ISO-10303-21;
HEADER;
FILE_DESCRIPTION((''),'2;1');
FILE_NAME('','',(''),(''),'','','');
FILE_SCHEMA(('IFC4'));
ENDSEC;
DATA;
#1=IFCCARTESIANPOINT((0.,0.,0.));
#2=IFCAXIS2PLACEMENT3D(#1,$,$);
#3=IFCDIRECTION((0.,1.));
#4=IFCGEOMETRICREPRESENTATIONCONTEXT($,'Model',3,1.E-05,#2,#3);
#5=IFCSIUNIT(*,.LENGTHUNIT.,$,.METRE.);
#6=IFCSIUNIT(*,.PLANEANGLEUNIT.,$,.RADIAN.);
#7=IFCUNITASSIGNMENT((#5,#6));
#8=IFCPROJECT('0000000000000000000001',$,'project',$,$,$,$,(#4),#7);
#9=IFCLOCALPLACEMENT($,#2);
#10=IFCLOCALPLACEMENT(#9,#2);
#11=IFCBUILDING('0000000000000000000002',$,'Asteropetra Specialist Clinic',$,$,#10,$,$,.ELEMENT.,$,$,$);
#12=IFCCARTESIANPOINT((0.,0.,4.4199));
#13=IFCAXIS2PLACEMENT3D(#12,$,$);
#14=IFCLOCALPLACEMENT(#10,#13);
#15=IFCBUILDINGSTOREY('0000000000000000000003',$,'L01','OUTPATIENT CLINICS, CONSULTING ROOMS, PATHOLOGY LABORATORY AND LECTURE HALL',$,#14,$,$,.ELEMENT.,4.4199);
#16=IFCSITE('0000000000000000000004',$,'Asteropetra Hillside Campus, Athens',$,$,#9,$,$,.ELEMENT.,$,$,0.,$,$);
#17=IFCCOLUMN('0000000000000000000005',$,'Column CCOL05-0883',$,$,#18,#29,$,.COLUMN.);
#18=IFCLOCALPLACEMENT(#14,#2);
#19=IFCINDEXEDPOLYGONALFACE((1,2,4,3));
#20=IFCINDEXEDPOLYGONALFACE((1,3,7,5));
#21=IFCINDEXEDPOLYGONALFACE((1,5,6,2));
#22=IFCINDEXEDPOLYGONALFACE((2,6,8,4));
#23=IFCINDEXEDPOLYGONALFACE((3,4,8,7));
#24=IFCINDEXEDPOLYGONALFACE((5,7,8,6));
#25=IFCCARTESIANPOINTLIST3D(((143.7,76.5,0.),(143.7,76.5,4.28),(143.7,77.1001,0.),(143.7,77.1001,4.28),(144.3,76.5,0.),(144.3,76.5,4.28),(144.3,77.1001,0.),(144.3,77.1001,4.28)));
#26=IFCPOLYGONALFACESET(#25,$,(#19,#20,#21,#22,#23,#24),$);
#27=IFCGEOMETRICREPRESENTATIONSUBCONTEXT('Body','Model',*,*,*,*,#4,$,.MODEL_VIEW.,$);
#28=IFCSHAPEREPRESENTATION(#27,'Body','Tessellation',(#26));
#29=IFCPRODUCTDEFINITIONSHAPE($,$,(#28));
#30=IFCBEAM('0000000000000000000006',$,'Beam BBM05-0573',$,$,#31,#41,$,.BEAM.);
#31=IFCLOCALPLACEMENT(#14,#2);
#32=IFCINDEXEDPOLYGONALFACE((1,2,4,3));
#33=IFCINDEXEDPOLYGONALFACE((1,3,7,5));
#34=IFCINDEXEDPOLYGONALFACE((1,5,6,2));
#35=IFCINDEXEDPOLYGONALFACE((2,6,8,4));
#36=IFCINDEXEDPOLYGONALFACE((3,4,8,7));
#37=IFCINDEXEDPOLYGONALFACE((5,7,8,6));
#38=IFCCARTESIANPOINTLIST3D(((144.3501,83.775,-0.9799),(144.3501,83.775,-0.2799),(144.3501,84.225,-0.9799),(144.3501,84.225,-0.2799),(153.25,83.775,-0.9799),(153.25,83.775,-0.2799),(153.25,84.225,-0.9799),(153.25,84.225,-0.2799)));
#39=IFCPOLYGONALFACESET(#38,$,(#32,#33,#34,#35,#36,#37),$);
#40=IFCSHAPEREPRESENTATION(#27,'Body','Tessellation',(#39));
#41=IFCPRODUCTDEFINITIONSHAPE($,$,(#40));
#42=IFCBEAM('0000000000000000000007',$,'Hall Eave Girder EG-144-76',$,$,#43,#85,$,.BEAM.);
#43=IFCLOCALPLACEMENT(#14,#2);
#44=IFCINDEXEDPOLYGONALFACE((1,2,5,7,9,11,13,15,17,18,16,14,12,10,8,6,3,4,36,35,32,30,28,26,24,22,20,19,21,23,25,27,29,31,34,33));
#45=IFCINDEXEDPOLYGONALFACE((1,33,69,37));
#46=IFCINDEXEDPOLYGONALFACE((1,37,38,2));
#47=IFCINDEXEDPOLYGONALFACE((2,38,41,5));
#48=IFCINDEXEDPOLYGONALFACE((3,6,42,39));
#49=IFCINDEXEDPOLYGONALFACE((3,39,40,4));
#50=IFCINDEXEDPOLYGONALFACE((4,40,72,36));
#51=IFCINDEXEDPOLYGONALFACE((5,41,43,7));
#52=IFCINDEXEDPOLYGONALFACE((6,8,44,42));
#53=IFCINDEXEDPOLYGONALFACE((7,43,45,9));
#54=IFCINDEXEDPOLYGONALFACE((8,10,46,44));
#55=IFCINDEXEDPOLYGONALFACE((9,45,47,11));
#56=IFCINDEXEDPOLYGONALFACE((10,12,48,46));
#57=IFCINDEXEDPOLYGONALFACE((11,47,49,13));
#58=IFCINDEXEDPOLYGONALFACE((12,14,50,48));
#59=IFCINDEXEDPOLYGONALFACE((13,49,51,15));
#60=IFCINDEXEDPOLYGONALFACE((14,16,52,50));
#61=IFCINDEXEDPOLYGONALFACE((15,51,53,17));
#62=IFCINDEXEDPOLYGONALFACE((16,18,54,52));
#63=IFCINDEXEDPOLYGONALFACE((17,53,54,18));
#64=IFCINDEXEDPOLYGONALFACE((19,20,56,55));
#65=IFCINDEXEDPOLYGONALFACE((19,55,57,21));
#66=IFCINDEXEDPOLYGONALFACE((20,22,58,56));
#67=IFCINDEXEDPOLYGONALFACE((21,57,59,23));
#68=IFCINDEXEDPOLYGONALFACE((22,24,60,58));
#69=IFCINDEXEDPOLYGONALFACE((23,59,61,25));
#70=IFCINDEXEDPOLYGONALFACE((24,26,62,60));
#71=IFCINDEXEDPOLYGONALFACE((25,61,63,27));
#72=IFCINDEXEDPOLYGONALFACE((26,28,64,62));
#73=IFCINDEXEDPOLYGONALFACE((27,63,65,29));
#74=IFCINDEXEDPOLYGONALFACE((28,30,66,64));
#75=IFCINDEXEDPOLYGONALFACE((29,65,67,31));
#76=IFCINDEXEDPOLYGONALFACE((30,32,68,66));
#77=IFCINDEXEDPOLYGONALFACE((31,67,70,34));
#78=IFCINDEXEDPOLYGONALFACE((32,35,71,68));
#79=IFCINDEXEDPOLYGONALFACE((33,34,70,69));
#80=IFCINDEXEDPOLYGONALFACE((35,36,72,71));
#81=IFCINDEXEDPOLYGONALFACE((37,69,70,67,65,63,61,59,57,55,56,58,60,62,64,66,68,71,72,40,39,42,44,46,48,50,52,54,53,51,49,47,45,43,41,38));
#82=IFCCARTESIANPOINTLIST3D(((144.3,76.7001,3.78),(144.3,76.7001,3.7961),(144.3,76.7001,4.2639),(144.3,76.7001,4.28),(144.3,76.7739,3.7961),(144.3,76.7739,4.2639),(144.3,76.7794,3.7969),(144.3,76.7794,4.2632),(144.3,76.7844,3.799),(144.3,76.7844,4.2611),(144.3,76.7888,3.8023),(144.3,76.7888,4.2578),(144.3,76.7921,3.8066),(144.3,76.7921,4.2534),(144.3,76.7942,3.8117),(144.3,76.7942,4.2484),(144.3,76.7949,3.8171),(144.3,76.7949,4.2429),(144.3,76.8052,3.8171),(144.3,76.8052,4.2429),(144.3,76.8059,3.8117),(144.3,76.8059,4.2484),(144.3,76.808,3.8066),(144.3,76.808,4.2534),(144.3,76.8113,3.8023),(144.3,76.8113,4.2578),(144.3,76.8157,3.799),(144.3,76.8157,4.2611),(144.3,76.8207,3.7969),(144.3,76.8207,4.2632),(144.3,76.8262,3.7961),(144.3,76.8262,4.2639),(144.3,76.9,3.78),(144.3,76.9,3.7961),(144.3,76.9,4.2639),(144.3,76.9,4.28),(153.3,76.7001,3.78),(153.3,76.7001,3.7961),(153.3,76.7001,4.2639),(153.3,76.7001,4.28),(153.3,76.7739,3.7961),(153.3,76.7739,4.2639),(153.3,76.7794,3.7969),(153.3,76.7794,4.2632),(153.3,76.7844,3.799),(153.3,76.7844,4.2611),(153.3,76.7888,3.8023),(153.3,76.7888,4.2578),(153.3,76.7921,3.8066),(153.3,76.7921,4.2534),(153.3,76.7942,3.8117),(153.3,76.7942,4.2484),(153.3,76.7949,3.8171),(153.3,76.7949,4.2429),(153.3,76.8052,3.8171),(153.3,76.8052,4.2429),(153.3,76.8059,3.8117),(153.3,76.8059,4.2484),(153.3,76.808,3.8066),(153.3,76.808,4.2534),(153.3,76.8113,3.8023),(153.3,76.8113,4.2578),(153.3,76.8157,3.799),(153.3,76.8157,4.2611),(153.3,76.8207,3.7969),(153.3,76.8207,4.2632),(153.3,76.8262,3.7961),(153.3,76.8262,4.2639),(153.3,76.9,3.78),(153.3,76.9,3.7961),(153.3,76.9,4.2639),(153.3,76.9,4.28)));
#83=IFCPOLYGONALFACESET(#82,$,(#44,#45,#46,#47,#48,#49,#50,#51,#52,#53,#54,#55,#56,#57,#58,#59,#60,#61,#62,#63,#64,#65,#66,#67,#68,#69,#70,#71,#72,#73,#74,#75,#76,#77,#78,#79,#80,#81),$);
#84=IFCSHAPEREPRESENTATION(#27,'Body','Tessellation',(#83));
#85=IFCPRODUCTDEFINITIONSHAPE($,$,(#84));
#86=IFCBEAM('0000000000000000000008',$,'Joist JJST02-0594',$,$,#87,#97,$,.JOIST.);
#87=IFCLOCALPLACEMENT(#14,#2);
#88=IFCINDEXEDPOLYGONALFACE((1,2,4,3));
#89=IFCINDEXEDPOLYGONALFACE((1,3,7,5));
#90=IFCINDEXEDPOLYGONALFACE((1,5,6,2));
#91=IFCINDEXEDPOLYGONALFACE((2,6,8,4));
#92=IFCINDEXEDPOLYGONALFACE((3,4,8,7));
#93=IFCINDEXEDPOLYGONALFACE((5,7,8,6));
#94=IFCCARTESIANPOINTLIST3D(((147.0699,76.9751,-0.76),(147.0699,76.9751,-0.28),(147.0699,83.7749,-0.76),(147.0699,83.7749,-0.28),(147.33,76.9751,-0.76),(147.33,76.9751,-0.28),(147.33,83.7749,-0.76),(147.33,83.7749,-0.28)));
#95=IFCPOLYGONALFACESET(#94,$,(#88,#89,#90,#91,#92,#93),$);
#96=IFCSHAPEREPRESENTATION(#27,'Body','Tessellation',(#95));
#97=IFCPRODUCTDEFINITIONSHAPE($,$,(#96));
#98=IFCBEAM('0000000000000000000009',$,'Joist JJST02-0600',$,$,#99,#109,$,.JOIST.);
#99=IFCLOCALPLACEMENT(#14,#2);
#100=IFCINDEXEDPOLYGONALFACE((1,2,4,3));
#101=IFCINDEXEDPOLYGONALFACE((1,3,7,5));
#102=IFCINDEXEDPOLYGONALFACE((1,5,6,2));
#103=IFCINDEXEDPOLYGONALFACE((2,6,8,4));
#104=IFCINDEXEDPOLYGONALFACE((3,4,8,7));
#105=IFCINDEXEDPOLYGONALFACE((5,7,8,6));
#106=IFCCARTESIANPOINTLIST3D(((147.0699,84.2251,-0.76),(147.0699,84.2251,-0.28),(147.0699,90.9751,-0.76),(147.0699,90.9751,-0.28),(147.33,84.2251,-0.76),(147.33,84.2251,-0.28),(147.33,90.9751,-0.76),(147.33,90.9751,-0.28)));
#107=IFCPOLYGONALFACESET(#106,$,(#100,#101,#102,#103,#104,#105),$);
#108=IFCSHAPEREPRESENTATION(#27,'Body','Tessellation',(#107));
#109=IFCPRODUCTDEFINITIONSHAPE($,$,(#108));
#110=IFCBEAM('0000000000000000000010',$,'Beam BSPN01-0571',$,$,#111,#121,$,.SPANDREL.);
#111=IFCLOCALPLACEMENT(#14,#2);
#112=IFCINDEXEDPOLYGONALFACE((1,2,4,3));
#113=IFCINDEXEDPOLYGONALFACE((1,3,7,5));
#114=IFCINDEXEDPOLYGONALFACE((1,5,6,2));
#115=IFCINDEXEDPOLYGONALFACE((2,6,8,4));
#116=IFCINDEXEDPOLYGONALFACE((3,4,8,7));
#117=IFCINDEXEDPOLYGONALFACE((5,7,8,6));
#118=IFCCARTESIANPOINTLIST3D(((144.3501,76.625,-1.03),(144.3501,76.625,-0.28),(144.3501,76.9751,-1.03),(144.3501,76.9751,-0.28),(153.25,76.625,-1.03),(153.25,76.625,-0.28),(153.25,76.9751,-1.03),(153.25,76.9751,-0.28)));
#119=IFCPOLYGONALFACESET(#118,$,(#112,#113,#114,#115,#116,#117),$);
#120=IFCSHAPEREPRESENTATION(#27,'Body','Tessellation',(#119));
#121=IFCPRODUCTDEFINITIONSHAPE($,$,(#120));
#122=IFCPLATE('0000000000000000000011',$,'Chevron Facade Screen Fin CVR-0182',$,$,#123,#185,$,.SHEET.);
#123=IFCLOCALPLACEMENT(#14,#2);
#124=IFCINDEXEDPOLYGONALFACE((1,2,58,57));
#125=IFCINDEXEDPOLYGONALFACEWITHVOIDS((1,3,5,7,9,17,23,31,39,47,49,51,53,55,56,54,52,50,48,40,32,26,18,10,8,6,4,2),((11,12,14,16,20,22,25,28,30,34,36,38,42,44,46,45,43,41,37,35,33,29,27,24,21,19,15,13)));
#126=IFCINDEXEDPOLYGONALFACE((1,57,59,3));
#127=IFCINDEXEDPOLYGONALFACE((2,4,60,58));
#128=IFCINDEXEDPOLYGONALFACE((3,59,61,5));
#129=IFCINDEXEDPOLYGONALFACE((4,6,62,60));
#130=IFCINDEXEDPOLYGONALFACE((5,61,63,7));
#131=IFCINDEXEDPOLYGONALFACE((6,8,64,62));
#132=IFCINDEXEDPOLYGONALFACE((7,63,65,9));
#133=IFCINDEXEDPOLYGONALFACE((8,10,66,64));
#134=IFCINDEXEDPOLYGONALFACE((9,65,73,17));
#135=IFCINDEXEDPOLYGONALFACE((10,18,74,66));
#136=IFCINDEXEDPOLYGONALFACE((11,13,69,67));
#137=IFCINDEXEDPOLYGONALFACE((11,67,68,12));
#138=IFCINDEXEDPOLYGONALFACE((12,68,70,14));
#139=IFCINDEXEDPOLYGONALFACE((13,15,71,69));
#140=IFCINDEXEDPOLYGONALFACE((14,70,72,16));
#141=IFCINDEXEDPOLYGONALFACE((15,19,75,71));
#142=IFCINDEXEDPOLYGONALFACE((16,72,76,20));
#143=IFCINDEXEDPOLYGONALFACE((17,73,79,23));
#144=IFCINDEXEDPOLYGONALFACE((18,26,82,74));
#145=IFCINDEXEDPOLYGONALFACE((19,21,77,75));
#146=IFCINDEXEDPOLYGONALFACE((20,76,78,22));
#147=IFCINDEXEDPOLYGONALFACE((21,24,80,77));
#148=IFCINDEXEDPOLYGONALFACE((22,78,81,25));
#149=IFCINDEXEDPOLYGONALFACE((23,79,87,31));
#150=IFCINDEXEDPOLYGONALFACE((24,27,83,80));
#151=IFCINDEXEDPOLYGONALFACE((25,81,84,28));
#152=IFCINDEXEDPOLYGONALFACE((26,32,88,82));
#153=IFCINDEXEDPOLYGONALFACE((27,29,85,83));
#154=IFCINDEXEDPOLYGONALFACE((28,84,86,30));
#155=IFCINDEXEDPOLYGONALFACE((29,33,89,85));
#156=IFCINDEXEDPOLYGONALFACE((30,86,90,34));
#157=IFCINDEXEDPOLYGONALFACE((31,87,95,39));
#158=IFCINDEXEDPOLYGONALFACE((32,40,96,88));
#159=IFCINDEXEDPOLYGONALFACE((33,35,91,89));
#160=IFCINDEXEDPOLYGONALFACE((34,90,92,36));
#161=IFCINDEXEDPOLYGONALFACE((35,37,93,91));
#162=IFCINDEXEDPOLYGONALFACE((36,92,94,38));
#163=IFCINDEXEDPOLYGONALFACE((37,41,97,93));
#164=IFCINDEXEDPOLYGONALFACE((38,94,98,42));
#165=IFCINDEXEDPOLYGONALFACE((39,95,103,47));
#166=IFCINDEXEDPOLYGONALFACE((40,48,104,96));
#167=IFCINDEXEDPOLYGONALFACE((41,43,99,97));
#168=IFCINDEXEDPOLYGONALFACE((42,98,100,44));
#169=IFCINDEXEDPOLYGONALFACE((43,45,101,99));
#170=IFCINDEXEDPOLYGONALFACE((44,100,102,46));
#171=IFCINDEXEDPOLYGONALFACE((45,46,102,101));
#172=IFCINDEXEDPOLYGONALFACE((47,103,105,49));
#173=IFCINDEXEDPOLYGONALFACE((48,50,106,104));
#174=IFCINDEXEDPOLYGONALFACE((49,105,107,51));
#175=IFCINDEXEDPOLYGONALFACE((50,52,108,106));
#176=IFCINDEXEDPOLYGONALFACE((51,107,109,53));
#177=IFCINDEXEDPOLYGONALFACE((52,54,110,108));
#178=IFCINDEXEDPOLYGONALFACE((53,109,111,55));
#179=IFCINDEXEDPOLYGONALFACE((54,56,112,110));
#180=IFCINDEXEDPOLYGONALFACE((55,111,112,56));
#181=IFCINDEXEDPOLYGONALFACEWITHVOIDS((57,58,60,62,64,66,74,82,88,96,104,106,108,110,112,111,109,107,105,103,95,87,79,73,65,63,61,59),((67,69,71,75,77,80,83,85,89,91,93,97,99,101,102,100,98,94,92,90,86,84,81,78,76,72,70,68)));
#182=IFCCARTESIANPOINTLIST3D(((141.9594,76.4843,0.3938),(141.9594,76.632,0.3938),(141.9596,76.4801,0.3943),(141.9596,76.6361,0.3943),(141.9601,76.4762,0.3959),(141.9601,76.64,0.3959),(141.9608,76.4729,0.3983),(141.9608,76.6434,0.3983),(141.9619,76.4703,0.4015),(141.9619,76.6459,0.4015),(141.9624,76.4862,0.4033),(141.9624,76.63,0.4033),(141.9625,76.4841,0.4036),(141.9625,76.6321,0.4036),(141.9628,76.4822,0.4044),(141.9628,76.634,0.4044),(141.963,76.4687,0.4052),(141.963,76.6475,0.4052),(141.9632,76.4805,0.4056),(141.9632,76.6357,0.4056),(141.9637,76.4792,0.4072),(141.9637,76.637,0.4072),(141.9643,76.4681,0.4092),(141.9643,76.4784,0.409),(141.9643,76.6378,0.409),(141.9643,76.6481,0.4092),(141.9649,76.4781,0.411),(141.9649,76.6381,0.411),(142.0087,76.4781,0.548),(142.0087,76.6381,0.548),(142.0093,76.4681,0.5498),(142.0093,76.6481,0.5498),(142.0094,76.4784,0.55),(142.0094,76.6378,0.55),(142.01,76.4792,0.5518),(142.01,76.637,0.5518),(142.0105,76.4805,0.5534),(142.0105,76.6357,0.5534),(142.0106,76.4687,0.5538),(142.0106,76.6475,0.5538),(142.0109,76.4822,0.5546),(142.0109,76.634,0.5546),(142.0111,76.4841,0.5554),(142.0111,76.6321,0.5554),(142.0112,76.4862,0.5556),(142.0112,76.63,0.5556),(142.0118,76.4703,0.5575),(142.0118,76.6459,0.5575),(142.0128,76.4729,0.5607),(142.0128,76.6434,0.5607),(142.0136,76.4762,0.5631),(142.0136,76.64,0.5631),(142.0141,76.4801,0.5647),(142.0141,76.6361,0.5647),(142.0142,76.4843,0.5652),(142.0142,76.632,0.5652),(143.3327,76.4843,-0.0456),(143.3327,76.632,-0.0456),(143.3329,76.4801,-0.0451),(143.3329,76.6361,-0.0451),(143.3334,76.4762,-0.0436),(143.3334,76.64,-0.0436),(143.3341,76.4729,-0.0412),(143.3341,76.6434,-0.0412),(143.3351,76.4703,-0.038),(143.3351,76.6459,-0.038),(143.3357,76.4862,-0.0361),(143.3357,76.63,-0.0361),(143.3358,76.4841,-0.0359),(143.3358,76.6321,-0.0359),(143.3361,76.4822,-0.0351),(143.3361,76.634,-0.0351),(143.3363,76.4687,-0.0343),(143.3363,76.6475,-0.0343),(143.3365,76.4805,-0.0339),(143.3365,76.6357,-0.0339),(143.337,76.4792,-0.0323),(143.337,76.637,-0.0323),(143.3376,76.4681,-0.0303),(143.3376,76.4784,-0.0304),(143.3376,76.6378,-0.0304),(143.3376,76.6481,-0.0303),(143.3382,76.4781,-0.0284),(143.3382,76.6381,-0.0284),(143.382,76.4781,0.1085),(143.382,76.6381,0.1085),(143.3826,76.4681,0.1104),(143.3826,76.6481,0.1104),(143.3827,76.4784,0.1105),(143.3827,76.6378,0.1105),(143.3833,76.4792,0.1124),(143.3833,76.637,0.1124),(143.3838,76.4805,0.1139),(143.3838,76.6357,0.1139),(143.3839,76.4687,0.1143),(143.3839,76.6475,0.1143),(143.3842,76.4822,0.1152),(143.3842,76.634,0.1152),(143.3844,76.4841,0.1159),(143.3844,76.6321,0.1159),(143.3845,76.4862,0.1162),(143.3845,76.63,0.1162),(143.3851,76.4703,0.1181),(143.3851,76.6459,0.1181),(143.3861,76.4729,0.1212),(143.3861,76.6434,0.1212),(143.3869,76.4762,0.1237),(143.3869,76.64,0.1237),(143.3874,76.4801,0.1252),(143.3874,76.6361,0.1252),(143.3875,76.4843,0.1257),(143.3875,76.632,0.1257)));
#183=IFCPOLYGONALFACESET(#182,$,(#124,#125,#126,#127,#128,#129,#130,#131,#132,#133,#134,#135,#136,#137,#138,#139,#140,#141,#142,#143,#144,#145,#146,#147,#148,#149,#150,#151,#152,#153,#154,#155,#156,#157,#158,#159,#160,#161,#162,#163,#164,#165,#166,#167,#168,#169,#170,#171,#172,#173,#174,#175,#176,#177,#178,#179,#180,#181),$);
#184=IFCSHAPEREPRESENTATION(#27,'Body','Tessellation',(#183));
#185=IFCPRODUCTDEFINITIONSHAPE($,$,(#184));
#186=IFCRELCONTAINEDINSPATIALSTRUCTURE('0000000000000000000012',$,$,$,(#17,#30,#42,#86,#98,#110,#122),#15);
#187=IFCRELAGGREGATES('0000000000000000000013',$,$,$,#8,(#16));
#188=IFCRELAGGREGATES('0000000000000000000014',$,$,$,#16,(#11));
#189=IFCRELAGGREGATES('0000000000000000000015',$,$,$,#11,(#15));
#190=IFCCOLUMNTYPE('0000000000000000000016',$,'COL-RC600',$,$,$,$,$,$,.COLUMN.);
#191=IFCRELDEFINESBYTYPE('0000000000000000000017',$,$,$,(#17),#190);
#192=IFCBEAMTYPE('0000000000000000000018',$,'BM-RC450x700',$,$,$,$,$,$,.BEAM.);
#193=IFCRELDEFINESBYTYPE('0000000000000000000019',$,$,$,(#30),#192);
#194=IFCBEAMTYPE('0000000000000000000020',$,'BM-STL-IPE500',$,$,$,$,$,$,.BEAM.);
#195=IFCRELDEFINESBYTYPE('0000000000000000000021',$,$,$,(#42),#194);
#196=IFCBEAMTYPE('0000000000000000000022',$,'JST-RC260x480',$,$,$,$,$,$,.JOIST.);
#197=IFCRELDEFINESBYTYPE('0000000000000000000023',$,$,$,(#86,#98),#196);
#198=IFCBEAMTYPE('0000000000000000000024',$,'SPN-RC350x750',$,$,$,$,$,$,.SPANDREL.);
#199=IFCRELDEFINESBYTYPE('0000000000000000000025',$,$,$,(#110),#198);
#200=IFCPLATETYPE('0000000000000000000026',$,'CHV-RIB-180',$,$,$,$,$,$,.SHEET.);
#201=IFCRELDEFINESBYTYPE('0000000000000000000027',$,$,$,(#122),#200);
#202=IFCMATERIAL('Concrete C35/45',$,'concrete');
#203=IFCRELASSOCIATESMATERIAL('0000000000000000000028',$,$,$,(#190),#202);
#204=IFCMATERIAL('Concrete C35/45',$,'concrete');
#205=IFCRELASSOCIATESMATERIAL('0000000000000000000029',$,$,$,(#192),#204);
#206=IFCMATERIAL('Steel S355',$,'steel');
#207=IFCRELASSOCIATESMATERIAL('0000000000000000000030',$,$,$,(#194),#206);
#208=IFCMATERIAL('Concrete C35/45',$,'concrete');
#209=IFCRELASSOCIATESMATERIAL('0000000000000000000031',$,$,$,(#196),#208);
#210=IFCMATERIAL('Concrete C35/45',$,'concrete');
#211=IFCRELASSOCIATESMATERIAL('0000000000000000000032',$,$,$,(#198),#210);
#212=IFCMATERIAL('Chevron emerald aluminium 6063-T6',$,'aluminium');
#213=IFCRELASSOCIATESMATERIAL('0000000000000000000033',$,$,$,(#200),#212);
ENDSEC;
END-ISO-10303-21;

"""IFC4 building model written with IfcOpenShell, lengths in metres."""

from ifc_helpers import new_model, si_unit, direction, frame, origin, origin_2d, place, context, subcontext, project, spatial, rectangle, hollow_rectangle, i_section, extrude, material, material_profile, profile_set, type_object, element, save


model = new_model("IFC4")

# Units and contexts
model_context = context("Model", 3, precision=1e-05, world=origin(), true_north=direction((0.0, 1.0)))
body_context = subcontext(model_context, "Body", "Model", "MODEL_VIEW")
ifc_project = project(units=[si_unit("LENGTHUNIT", "METRE"), si_unit("PLANEANGLEUNIT", "RADIAN")], contexts=[model_context])

# Site, building, storey
site_placement = place(None, origin())
site = spatial("IfcSite", under=ifc_project, at=site_placement, Name="Asteropetra Hillside Campus, Athens", CompositionType="ELEMENT", RefElevation=0.0)
building_placement = place(site_placement, origin())
building = spatial("IfcBuilding", under=site, at=building_placement, Name="Asteropetra Specialist Clinic", CompositionType="ELEMENT")
storey_placement = place(building_placement, frame((0.0, 0.0, 4.4199)))
storey = spatial("IfcBuildingStorey", under=building, at=storey_placement, Name="L01", Description="OUTPATIENT CLINICS, CONSULTING ROOMS, PATHOLOGY LABORATORY AND LECTURE HALL", CompositionType="ELEMENT", Elevation=4.4199)

# Column
ifc_material_1 = material(Name="Concrete C35/45", Category="concrete")
ifc_material_profile_1 = material_profile(ifc_material_1, rectangle(XDim=0.6001, YDim=0.6001, at=origin_2d()), Name="RC 600x600")
ifc_profile_set_1 = profile_set([ifc_material_profile_1], Name="Concrete C35/45")
column_type = type_object("IfcColumnType", Name="COL-RC600", PredefinedType="COLUMN", material=ifc_profile_set_1)
column_placement = place(storey_placement, frame((144.0, 76.8, 0.0), z_axis=(0.0, 0.0, 1.0), x_axis=(1.0, 0.0, 0.0)))
element("IfcColumn", 1, at=column_placement, inside=storey, type_object=column_type, Name="Column CCOL05-0883", PredefinedType="COLUMN", context=body_context, shape_type="SweptSolid", body=[
    extrude(rectangle(XDim=0.6001, YDim=0.6001, at=origin_2d()), origin(), (0.0, 0.0, 1.0), 4.28),
])

# Beams
ifc_material_2 = material(Name="Concrete C35/45", Category="concrete")
ifc_material_profile_2 = material_profile(ifc_material_2, rectangle(XDim=0.45, YDim=0.7, at=origin_2d()), Name="RCB 450x700")
ifc_profile_set_2 = profile_set([ifc_material_profile_2], Name="Concrete C35/45")
beam_type_1 = type_object("IfcBeamType", Name="BM-RC450x700", PredefinedType="BEAM", material=ifc_profile_set_2)
beam_1_placement = place(storey_placement, frame((144.3501, 84.0, -0.6299), z_axis=(1.0, 0.0, 0.0), x_axis=(0.0, 1.0, 0.0)))
element("IfcBeam", 2, at=beam_1_placement, inside=storey, type_object=beam_type_1, Name="Beam BBM05-0573", PredefinedType="BEAM", context=body_context, shape_type="SweptSolid", body=[
    extrude(rectangle(XDim=0.45, YDim=0.7, at=origin_2d()), origin(), (0.0, 0.0, 1.0), 8.8999),
])
ifc_material_3 = material(Name="Steel S355", Category="steel")
ifc_material_profile_3 = material_profile(ifc_material_3, i_section(OverallWidth=0.2, OverallDepth=0.5, WebThickness=0.0103, FlangeThickness=0.0161, FilletRadius=0.021, at=origin_2d()), Name="IPE 500")
ifc_profile_set_3 = profile_set([ifc_material_profile_3], Name="Steel S355")
beam_type_2 = type_object("IfcBeamType", Name="BM-STL-IPE500", PredefinedType="BEAM", material=ifc_profile_set_3)
beam_2_placement = place(storey_placement, frame((144.3, 76.8, 4.03), z_axis=(1.0, 0.0, 0.0), x_axis=(0.0, 1.0, 0.0)))
element("IfcBeam", 3, at=beam_2_placement, inside=storey, type_object=beam_type_2, Name="Hall Eave Girder EG-144-76", PredefinedType="BEAM", context=body_context, shape_type="SweptSolid", body=[
    extrude(i_section(OverallWidth=0.2, OverallDepth=0.5, WebThickness=0.0103, FlangeThickness=0.0161, FilletRadius=0.021, at=origin_2d()), origin(), (0.0, 0.0, 1.0), 9.0),
])
ifc_material_4 = material(Name="Concrete C35/45", Category="concrete")
ifc_material_profile_4 = material_profile(ifc_material_4, rectangle(XDim=0.26, YDim=0.48, at=origin_2d()), Name="RCJ 260x480")
ifc_profile_set_4 = profile_set([ifc_material_profile_4], Name="Concrete C35/45")
beam_type_3 = type_object("IfcBeamType", Name="JST-RC260x480", PredefinedType="JOIST", material=ifc_profile_set_4)
beam_3_placement = place(storey_placement, frame((147.2, 76.9751, -0.52), z_axis=(0.0, 1.0, 0.0), x_axis=(-1.0, 0.0, 0.0)))
element("IfcBeam", 4, at=beam_3_placement, inside=storey, type_object=beam_type_3, Name="Joist JJST02-0594", PredefinedType="JOIST", context=body_context, shape_type="SweptSolid", body=[
    extrude(rectangle(XDim=0.26, YDim=0.48, at=origin_2d()), origin(), (0.0, 0.0, 1.0), 6.7998),
])
beam_4_placement = place(storey_placement, frame((147.2, 84.2251, -0.52), z_axis=(0.0, 1.0, 0.0), x_axis=(-1.0, 0.0, 0.0)))
element("IfcBeam", 5, at=beam_4_placement, inside=storey, type_object=beam_type_3, Name="Joist JJST02-0600", PredefinedType="JOIST", context=body_context, shape_type="SweptSolid", body=[
    extrude(rectangle(XDim=0.26, YDim=0.48, at=origin_2d()), origin(), (0.0, 0.0, 1.0), 6.75),
])
ifc_material_5 = material(Name="Concrete C35/45", Category="concrete")
ifc_material_profile_5 = material_profile(ifc_material_5, rectangle(XDim=0.3501, YDim=0.75, at=origin_2d()), Name="RCS 350x750")
ifc_profile_set_5 = profile_set([ifc_material_profile_5], Name="Concrete C35/45")
beam_type_4 = type_object("IfcBeamType", Name="SPN-RC350x750", PredefinedType="SPANDREL", material=ifc_profile_set_5)
beam_5_placement = place(storey_placement, frame((144.3501, 76.8, -0.655), z_axis=(1.0, 0.0, 0.0), x_axis=(0.0, 1.0, 0.0)))
element("IfcBeam", 6, at=beam_5_placement, inside=storey, type_object=beam_type_4, Name="Beam BSPN01-0571", PredefinedType="SPANDREL", context=body_context, shape_type="SweptSolid", body=[
    extrude(rectangle(XDim=0.3501, YDim=0.75, at=origin_2d()), origin(), (0.0, 0.0, 1.0), 8.8999),
])

# Plate
ifc_material_6 = material(Name="Chevron emerald aluminium 6063-T6", Category="aluminium")
ifc_material_profile_6 = material_profile(ifc_material_6, hollow_rectangle(XDim=0.1799, YDim=0.1799, WallThickness=0.01, InnerFilletRadius=0.0081, OuterFilletRadius=0.0161, at=origin_2d()), Name="SHS 180x180x10.0")
ifc_profile_set_6 = profile_set([ifc_material_profile_6], Name="Chevron emerald aluminium 6063-T6")
plate_type = type_object("IfcPlateType", Name="CHV-RIB-180", PredefinedType="SHEET", material=ifc_profile_set_6)
plate_1_placement = place(storey_placement, frame((141.9868, 76.5581, 0.4795), z_axis=(0.952424, 0.0, -0.304776), x_axis=(0.0, 1.0, 0.0)))
element("IfcPlate", 7, at=plate_1_placement, inside=storey, type_object=plate_type, Name="Chevron Facade Screen Fin CVR-0182", PredefinedType="SHEET", context=body_context, shape_type="SweptSolid", body=[
    extrude(hollow_rectangle(XDim=0.1799, YDim=0.1799, WallThickness=0.01, InnerFilletRadius=0.0081, OuterFilletRadius=0.0161, at=origin_2d()), origin(), (0.0, 0.0, 1.0), 1.4419),
])

save(model, "model.ifc")
